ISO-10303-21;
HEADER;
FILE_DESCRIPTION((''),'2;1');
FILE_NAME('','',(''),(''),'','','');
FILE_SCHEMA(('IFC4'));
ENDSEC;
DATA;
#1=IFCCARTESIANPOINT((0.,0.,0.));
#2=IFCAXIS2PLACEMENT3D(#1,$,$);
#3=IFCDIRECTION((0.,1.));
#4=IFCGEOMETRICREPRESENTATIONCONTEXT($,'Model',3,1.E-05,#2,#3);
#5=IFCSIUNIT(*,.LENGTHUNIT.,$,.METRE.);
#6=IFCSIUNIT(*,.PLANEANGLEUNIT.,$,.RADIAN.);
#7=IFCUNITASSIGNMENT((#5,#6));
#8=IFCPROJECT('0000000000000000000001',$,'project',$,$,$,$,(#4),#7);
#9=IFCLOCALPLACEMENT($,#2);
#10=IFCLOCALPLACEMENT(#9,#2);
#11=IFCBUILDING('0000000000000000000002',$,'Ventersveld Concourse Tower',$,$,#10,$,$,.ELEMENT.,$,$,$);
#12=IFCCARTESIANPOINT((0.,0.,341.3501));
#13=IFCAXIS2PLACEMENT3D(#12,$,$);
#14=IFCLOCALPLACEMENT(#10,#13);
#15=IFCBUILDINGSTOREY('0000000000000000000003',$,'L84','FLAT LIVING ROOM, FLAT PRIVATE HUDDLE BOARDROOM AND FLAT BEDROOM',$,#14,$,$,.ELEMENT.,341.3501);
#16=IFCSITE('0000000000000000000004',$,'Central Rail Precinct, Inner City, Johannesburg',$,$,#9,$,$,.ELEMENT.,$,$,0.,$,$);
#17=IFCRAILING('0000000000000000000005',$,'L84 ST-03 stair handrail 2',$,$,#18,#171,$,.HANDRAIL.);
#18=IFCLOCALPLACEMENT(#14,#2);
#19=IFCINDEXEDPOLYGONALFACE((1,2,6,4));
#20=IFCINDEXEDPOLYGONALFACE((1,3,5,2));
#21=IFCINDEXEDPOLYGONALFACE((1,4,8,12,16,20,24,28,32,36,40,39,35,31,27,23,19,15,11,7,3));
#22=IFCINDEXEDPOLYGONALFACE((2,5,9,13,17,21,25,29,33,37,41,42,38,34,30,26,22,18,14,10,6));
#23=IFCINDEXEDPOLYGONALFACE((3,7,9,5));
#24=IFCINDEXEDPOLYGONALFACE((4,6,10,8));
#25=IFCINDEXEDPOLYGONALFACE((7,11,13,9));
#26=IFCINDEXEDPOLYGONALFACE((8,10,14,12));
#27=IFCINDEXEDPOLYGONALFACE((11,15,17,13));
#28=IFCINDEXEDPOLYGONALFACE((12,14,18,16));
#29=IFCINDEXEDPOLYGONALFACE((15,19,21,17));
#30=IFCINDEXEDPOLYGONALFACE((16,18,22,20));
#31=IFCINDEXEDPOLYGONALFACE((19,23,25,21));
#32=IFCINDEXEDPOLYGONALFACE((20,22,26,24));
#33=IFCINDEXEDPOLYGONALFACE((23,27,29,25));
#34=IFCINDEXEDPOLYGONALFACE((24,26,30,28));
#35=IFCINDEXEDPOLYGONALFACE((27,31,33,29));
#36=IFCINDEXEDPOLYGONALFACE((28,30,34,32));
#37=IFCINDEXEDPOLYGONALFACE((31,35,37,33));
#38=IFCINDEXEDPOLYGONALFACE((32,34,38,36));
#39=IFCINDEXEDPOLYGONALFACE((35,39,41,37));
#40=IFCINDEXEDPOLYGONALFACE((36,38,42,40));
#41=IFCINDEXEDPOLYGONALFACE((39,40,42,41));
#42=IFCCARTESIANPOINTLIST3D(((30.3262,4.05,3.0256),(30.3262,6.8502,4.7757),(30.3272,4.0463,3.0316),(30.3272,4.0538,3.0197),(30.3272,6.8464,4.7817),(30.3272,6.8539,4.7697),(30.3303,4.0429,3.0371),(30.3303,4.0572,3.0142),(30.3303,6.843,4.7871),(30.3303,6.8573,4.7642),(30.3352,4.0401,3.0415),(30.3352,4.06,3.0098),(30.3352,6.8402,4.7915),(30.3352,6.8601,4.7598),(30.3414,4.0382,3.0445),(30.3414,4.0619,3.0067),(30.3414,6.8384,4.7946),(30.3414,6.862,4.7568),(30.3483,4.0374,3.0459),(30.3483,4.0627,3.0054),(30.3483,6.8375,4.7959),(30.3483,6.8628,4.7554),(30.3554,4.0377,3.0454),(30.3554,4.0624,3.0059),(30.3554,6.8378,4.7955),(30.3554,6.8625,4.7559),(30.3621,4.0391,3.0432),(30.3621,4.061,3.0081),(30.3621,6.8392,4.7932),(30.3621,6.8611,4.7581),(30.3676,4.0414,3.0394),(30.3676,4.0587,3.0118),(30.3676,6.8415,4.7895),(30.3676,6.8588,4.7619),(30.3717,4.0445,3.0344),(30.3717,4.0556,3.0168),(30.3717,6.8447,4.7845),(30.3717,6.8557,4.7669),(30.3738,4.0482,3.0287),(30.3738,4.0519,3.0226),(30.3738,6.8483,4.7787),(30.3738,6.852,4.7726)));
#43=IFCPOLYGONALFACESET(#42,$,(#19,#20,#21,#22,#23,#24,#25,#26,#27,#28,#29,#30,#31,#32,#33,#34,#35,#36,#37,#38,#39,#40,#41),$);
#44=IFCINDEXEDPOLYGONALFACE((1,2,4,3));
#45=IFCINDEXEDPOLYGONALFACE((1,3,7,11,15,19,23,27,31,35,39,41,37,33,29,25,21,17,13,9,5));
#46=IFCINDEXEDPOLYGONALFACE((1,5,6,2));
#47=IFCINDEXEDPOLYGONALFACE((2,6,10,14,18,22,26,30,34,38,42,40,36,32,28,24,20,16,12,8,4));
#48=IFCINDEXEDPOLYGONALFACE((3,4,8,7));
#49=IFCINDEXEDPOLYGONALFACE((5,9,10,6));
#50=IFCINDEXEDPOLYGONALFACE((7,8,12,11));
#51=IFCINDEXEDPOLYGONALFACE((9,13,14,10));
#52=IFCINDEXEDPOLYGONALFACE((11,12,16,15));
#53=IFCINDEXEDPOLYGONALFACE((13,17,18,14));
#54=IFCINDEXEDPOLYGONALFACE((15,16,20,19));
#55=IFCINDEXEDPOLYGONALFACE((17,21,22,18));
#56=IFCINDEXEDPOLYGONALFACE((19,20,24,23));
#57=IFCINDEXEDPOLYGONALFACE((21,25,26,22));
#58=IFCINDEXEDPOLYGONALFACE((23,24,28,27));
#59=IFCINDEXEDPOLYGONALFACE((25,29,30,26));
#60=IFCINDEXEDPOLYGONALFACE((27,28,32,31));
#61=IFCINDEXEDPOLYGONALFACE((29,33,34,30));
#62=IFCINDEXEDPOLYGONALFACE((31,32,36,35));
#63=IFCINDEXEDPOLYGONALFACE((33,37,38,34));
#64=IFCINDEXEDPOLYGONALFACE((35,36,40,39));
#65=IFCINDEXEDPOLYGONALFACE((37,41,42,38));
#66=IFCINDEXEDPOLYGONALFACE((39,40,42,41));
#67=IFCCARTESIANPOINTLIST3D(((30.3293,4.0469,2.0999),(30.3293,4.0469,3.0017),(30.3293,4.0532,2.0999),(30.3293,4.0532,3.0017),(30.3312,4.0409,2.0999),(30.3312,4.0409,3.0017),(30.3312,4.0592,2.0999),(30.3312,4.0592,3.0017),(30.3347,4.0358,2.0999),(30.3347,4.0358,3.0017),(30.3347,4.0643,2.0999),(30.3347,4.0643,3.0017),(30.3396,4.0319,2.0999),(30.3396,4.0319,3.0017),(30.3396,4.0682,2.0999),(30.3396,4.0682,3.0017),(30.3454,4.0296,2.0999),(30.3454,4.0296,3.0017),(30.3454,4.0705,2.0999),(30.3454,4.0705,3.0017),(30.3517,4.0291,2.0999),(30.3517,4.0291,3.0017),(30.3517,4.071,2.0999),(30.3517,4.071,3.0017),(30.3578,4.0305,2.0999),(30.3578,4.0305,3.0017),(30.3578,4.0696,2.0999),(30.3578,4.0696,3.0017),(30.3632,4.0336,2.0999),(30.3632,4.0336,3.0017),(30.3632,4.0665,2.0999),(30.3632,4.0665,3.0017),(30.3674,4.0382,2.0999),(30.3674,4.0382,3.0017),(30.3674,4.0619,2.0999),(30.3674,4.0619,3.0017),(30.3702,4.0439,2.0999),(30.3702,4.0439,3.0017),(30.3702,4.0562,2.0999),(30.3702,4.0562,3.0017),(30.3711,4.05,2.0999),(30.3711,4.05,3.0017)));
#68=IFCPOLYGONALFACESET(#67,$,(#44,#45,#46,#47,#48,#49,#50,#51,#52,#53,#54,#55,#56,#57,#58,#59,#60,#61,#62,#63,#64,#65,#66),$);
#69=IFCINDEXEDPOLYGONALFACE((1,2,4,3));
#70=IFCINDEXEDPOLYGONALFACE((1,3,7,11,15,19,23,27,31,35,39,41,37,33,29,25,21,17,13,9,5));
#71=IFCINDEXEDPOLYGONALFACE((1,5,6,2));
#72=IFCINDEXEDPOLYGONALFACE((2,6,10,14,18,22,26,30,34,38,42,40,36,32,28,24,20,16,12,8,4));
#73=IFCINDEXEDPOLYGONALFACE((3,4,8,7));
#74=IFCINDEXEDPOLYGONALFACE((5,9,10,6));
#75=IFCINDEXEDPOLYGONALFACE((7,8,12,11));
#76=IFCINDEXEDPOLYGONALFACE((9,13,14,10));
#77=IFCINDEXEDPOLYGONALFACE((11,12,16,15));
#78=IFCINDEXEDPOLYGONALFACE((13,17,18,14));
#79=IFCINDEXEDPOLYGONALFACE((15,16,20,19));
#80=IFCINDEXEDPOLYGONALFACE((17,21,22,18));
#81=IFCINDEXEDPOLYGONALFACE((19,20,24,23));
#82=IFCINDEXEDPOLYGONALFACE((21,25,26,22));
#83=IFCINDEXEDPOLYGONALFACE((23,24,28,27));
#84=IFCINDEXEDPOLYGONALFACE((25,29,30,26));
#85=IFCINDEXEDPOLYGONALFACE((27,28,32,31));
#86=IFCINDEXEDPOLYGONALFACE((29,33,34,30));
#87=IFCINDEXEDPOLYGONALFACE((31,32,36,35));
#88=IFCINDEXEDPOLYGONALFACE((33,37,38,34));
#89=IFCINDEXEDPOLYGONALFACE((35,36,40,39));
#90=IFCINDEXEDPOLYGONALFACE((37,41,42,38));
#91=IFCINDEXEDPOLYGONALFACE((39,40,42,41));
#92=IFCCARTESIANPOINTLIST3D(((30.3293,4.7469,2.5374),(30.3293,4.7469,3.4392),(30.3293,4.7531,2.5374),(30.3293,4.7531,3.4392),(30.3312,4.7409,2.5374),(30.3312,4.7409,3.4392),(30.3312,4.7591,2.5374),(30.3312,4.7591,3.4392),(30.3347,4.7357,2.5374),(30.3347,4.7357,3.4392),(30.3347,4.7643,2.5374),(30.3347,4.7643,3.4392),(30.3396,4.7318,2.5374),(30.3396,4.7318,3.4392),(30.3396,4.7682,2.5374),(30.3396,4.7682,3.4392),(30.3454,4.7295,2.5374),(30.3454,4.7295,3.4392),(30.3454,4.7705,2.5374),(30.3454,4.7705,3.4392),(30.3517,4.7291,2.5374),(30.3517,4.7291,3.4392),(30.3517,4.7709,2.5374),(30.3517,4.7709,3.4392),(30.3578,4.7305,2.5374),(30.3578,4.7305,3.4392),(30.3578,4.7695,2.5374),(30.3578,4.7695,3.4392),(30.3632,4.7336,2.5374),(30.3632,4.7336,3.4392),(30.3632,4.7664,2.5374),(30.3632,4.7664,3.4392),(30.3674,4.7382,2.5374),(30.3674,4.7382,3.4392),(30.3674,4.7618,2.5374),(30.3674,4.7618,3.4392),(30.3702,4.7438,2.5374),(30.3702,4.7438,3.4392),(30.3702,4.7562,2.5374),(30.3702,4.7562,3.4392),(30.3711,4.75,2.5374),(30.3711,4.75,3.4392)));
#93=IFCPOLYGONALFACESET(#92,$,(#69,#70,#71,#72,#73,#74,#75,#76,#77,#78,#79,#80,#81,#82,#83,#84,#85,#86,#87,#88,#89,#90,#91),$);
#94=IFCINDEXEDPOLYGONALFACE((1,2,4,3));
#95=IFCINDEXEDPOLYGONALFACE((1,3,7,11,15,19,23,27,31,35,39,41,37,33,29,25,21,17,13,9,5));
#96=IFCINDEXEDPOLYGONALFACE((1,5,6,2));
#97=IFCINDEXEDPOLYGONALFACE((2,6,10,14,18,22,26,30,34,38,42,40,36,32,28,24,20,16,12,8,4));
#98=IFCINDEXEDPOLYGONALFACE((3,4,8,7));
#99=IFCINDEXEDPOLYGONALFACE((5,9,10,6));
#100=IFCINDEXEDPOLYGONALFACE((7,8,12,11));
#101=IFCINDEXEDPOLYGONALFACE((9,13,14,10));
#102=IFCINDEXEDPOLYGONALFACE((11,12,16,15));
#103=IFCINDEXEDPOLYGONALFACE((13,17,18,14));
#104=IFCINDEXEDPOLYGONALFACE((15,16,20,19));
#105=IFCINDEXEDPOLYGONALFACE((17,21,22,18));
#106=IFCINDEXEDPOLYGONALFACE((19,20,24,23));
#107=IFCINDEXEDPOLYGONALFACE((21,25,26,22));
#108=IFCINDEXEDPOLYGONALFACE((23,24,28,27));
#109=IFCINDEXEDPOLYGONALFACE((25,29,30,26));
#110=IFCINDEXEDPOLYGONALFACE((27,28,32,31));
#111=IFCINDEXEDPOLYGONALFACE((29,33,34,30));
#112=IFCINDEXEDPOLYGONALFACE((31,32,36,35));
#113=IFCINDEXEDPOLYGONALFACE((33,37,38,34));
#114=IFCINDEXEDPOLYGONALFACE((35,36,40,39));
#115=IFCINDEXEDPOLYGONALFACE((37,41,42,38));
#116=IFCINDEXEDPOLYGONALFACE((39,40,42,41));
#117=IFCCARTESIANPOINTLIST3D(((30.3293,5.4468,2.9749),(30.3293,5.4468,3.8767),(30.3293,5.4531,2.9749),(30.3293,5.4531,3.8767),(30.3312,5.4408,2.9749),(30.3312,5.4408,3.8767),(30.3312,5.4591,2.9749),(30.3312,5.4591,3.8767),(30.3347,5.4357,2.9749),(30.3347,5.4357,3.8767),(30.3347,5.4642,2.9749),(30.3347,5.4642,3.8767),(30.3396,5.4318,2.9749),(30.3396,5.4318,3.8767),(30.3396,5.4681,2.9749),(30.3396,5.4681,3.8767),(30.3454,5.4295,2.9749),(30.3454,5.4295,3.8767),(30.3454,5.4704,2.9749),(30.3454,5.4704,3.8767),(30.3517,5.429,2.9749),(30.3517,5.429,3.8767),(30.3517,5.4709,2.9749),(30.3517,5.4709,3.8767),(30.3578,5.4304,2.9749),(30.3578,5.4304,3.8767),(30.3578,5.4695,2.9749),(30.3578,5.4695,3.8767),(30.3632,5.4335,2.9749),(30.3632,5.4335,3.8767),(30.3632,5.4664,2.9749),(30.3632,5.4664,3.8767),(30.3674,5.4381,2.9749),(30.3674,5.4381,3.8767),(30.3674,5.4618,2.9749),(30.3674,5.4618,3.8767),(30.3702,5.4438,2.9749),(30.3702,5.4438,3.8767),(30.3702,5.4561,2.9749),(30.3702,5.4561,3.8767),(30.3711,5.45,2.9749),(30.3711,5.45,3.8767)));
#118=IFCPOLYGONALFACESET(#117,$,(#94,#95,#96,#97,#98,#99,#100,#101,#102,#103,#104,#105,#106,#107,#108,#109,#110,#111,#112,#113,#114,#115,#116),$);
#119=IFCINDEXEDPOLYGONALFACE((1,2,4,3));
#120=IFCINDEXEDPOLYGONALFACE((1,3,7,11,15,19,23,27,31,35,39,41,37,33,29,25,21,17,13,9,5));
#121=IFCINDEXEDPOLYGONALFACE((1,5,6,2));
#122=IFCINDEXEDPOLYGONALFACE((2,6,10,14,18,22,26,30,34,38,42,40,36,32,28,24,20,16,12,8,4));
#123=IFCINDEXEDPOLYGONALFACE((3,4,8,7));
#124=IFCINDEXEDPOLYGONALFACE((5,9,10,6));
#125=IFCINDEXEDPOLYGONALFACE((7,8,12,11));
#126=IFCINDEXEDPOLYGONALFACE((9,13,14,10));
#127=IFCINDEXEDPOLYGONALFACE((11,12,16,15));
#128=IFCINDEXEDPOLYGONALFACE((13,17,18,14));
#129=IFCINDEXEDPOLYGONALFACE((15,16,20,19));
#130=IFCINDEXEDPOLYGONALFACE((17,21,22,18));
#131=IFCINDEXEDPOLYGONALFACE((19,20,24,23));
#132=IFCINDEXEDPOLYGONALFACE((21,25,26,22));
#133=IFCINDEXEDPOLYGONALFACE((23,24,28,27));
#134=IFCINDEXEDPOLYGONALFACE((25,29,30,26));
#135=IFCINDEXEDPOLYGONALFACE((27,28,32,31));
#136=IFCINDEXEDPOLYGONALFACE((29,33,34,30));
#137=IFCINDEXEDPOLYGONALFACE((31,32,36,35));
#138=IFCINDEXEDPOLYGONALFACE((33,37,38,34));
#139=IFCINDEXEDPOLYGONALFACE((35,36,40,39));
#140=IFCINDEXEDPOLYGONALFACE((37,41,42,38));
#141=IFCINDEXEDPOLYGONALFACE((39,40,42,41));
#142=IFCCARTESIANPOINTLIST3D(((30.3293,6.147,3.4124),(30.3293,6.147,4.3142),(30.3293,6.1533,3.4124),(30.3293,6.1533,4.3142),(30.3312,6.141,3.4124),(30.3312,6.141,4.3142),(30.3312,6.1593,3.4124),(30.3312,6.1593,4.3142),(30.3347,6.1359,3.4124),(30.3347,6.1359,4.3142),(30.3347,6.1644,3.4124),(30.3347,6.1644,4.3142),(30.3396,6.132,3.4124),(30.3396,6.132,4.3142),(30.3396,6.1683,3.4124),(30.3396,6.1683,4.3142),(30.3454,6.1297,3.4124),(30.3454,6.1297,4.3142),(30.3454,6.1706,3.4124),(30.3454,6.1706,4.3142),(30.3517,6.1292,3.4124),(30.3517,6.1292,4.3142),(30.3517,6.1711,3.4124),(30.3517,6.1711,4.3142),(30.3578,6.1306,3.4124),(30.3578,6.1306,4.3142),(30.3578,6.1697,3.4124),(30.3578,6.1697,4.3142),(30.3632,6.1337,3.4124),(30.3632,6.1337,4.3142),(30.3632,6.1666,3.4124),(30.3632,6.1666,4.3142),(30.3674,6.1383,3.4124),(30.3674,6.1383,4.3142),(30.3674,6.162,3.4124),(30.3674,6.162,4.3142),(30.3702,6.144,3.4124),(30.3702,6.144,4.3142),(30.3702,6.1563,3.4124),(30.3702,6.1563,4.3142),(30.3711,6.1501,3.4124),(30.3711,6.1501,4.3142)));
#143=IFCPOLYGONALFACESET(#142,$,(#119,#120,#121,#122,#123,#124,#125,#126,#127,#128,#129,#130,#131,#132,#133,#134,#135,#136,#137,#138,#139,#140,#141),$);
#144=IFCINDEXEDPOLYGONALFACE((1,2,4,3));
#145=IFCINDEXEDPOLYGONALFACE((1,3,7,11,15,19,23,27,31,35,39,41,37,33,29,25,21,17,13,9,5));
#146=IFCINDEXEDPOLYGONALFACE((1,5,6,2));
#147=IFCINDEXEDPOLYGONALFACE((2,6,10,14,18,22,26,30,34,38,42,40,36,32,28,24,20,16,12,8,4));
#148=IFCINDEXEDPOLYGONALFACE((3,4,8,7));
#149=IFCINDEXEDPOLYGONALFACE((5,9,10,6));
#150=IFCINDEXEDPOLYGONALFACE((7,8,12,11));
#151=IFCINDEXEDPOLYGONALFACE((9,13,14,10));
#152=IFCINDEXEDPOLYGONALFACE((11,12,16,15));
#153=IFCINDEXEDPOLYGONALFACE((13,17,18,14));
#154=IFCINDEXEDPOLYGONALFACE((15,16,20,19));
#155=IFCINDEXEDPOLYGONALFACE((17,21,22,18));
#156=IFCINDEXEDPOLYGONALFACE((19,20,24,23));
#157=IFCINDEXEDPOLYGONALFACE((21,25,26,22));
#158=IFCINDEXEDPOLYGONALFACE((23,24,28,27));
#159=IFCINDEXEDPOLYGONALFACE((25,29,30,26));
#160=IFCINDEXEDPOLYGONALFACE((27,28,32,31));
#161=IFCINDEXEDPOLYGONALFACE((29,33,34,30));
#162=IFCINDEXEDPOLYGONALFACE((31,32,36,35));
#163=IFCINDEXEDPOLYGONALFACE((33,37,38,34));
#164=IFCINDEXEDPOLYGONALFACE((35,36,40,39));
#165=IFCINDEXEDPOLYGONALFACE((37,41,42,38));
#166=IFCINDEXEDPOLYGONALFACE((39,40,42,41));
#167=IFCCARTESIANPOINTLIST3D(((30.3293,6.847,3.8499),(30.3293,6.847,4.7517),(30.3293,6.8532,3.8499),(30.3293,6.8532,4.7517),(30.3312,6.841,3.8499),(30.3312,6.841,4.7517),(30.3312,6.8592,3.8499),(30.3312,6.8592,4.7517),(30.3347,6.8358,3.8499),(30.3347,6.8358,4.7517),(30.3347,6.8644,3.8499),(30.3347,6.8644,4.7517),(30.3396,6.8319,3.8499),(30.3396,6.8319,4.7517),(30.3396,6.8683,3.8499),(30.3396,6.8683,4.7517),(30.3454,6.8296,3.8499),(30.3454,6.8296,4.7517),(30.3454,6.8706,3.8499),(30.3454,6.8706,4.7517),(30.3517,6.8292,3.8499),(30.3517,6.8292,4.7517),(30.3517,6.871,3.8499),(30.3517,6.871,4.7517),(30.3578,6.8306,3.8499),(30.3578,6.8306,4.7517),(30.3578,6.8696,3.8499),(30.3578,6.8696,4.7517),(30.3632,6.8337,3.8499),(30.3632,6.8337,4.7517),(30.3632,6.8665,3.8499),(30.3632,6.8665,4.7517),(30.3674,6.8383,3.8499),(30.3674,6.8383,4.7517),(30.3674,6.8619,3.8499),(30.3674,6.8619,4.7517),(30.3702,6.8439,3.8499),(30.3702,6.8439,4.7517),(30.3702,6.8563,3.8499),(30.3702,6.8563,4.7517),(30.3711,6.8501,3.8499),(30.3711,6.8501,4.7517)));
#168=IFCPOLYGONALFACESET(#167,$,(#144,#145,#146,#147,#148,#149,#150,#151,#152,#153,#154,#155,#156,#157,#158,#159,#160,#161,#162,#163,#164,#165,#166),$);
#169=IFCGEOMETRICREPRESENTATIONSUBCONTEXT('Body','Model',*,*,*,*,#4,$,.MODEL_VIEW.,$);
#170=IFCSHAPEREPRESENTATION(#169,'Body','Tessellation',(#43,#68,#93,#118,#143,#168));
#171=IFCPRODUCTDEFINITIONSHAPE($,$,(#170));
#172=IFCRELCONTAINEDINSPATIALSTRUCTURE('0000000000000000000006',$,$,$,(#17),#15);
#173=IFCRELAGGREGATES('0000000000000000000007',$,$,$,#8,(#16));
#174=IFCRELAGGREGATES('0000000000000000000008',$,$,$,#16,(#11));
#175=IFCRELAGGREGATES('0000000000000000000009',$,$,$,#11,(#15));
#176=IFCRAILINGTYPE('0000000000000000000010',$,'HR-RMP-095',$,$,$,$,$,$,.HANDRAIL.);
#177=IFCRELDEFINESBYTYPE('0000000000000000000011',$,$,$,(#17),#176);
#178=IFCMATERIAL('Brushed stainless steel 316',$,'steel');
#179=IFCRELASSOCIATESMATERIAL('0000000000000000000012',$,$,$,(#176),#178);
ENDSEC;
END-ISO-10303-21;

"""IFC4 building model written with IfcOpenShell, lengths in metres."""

from ifc_helpers import new_model, si_unit, direction, frame, origin, origin_2d, place, context, subcontext, project, spatial, circle, extrude, material, type_object, element, save


model = new_model("IFC4")

# Units and contexts
model_context = context("Model", 3, precision=1e-05, world=origin(), true_north=direction((0.0, 1.0)))
body_context = subcontext(model_context, "Body", "Model", "MODEL_VIEW")
ifc_project = project(units=[si_unit("LENGTHUNIT", "METRE"), si_unit("PLANEANGLEUNIT", "RADIAN")], contexts=[model_context])

# Site, building, storey
site_placement = place(None, origin())
site = spatial("IfcSite", under=ifc_project, at=site_placement, Name="Central Rail Precinct, Inner City, Johannesburg", CompositionType="ELEMENT", RefElevation=0.0)
building_placement = place(site_placement, origin())
building = spatial("IfcBuilding", under=site, at=building_placement, Name="Ventersveld Concourse Tower", CompositionType="ELEMENT")
storey_placement = place(building_placement, frame((0.0, 0.0, 341.3501)))
storey = spatial("IfcBuildingStorey", under=building, at=storey_placement, Name="L84", Description="FLAT LIVING ROOM, FLAT PRIVATE HUDDLE BOARDROOM AND FLAT BEDROOM", CompositionType="ELEMENT", Elevation=341.3501)

# Railing
ifc_material_1 = material(Name="Brushed stainless steel 316", Category="steel")
railing_type_1 = type_object("IfcRailingType", Name="HR-RMP-095", PredefinedType="HANDRAIL", material=ifc_material_1)
railing_1_placement = place(storey_placement, frame((30.3501, 4.05, 2.0999)))
element("IfcRailing", 1, at=railing_1_placement, inside=storey, type_object=railing_type_1, Name="L84 ST-03 stair handrail 2", PredefinedType="HANDRAIL", context=body_context, shape_type="SweptSolid", body=[
    extrude(circle(Radius=0.0239, at=origin_2d()), frame((0.0, 0.0, 0.9258), z_axis=(0.0, 0.848002, 0.529992), x_axis=(-1.0, 0.0, 0.0)), (0.0, 0.0, 1.0), 3.302),
    extrude(circle(Radius=0.021, at=origin_2d()), origin(), (0.0, 0.0, 1.0), 0.9019),
    extrude(circle(Radius=0.021, at=origin_2d()), frame((0.0, 0.7, 0.4375)), (0.0, 0.0, 1.0), 0.9019),
    extrude(circle(Radius=0.021, at=origin_2d()), frame((0.0, 1.3999, 0.875)), (0.0, 0.0, 1.0), 0.9019),
    extrude(circle(Radius=0.021, at=origin_2d()), frame((0.0, 2.1001, 1.3125)), (0.0, 0.0, 1.0), 0.9019),
    extrude(circle(Radius=0.021, at=origin_2d()), frame((0.0, 2.8, 1.75)), (0.0, 0.0, 1.0), 0.9019),
])

save(model, "model.ifc")
